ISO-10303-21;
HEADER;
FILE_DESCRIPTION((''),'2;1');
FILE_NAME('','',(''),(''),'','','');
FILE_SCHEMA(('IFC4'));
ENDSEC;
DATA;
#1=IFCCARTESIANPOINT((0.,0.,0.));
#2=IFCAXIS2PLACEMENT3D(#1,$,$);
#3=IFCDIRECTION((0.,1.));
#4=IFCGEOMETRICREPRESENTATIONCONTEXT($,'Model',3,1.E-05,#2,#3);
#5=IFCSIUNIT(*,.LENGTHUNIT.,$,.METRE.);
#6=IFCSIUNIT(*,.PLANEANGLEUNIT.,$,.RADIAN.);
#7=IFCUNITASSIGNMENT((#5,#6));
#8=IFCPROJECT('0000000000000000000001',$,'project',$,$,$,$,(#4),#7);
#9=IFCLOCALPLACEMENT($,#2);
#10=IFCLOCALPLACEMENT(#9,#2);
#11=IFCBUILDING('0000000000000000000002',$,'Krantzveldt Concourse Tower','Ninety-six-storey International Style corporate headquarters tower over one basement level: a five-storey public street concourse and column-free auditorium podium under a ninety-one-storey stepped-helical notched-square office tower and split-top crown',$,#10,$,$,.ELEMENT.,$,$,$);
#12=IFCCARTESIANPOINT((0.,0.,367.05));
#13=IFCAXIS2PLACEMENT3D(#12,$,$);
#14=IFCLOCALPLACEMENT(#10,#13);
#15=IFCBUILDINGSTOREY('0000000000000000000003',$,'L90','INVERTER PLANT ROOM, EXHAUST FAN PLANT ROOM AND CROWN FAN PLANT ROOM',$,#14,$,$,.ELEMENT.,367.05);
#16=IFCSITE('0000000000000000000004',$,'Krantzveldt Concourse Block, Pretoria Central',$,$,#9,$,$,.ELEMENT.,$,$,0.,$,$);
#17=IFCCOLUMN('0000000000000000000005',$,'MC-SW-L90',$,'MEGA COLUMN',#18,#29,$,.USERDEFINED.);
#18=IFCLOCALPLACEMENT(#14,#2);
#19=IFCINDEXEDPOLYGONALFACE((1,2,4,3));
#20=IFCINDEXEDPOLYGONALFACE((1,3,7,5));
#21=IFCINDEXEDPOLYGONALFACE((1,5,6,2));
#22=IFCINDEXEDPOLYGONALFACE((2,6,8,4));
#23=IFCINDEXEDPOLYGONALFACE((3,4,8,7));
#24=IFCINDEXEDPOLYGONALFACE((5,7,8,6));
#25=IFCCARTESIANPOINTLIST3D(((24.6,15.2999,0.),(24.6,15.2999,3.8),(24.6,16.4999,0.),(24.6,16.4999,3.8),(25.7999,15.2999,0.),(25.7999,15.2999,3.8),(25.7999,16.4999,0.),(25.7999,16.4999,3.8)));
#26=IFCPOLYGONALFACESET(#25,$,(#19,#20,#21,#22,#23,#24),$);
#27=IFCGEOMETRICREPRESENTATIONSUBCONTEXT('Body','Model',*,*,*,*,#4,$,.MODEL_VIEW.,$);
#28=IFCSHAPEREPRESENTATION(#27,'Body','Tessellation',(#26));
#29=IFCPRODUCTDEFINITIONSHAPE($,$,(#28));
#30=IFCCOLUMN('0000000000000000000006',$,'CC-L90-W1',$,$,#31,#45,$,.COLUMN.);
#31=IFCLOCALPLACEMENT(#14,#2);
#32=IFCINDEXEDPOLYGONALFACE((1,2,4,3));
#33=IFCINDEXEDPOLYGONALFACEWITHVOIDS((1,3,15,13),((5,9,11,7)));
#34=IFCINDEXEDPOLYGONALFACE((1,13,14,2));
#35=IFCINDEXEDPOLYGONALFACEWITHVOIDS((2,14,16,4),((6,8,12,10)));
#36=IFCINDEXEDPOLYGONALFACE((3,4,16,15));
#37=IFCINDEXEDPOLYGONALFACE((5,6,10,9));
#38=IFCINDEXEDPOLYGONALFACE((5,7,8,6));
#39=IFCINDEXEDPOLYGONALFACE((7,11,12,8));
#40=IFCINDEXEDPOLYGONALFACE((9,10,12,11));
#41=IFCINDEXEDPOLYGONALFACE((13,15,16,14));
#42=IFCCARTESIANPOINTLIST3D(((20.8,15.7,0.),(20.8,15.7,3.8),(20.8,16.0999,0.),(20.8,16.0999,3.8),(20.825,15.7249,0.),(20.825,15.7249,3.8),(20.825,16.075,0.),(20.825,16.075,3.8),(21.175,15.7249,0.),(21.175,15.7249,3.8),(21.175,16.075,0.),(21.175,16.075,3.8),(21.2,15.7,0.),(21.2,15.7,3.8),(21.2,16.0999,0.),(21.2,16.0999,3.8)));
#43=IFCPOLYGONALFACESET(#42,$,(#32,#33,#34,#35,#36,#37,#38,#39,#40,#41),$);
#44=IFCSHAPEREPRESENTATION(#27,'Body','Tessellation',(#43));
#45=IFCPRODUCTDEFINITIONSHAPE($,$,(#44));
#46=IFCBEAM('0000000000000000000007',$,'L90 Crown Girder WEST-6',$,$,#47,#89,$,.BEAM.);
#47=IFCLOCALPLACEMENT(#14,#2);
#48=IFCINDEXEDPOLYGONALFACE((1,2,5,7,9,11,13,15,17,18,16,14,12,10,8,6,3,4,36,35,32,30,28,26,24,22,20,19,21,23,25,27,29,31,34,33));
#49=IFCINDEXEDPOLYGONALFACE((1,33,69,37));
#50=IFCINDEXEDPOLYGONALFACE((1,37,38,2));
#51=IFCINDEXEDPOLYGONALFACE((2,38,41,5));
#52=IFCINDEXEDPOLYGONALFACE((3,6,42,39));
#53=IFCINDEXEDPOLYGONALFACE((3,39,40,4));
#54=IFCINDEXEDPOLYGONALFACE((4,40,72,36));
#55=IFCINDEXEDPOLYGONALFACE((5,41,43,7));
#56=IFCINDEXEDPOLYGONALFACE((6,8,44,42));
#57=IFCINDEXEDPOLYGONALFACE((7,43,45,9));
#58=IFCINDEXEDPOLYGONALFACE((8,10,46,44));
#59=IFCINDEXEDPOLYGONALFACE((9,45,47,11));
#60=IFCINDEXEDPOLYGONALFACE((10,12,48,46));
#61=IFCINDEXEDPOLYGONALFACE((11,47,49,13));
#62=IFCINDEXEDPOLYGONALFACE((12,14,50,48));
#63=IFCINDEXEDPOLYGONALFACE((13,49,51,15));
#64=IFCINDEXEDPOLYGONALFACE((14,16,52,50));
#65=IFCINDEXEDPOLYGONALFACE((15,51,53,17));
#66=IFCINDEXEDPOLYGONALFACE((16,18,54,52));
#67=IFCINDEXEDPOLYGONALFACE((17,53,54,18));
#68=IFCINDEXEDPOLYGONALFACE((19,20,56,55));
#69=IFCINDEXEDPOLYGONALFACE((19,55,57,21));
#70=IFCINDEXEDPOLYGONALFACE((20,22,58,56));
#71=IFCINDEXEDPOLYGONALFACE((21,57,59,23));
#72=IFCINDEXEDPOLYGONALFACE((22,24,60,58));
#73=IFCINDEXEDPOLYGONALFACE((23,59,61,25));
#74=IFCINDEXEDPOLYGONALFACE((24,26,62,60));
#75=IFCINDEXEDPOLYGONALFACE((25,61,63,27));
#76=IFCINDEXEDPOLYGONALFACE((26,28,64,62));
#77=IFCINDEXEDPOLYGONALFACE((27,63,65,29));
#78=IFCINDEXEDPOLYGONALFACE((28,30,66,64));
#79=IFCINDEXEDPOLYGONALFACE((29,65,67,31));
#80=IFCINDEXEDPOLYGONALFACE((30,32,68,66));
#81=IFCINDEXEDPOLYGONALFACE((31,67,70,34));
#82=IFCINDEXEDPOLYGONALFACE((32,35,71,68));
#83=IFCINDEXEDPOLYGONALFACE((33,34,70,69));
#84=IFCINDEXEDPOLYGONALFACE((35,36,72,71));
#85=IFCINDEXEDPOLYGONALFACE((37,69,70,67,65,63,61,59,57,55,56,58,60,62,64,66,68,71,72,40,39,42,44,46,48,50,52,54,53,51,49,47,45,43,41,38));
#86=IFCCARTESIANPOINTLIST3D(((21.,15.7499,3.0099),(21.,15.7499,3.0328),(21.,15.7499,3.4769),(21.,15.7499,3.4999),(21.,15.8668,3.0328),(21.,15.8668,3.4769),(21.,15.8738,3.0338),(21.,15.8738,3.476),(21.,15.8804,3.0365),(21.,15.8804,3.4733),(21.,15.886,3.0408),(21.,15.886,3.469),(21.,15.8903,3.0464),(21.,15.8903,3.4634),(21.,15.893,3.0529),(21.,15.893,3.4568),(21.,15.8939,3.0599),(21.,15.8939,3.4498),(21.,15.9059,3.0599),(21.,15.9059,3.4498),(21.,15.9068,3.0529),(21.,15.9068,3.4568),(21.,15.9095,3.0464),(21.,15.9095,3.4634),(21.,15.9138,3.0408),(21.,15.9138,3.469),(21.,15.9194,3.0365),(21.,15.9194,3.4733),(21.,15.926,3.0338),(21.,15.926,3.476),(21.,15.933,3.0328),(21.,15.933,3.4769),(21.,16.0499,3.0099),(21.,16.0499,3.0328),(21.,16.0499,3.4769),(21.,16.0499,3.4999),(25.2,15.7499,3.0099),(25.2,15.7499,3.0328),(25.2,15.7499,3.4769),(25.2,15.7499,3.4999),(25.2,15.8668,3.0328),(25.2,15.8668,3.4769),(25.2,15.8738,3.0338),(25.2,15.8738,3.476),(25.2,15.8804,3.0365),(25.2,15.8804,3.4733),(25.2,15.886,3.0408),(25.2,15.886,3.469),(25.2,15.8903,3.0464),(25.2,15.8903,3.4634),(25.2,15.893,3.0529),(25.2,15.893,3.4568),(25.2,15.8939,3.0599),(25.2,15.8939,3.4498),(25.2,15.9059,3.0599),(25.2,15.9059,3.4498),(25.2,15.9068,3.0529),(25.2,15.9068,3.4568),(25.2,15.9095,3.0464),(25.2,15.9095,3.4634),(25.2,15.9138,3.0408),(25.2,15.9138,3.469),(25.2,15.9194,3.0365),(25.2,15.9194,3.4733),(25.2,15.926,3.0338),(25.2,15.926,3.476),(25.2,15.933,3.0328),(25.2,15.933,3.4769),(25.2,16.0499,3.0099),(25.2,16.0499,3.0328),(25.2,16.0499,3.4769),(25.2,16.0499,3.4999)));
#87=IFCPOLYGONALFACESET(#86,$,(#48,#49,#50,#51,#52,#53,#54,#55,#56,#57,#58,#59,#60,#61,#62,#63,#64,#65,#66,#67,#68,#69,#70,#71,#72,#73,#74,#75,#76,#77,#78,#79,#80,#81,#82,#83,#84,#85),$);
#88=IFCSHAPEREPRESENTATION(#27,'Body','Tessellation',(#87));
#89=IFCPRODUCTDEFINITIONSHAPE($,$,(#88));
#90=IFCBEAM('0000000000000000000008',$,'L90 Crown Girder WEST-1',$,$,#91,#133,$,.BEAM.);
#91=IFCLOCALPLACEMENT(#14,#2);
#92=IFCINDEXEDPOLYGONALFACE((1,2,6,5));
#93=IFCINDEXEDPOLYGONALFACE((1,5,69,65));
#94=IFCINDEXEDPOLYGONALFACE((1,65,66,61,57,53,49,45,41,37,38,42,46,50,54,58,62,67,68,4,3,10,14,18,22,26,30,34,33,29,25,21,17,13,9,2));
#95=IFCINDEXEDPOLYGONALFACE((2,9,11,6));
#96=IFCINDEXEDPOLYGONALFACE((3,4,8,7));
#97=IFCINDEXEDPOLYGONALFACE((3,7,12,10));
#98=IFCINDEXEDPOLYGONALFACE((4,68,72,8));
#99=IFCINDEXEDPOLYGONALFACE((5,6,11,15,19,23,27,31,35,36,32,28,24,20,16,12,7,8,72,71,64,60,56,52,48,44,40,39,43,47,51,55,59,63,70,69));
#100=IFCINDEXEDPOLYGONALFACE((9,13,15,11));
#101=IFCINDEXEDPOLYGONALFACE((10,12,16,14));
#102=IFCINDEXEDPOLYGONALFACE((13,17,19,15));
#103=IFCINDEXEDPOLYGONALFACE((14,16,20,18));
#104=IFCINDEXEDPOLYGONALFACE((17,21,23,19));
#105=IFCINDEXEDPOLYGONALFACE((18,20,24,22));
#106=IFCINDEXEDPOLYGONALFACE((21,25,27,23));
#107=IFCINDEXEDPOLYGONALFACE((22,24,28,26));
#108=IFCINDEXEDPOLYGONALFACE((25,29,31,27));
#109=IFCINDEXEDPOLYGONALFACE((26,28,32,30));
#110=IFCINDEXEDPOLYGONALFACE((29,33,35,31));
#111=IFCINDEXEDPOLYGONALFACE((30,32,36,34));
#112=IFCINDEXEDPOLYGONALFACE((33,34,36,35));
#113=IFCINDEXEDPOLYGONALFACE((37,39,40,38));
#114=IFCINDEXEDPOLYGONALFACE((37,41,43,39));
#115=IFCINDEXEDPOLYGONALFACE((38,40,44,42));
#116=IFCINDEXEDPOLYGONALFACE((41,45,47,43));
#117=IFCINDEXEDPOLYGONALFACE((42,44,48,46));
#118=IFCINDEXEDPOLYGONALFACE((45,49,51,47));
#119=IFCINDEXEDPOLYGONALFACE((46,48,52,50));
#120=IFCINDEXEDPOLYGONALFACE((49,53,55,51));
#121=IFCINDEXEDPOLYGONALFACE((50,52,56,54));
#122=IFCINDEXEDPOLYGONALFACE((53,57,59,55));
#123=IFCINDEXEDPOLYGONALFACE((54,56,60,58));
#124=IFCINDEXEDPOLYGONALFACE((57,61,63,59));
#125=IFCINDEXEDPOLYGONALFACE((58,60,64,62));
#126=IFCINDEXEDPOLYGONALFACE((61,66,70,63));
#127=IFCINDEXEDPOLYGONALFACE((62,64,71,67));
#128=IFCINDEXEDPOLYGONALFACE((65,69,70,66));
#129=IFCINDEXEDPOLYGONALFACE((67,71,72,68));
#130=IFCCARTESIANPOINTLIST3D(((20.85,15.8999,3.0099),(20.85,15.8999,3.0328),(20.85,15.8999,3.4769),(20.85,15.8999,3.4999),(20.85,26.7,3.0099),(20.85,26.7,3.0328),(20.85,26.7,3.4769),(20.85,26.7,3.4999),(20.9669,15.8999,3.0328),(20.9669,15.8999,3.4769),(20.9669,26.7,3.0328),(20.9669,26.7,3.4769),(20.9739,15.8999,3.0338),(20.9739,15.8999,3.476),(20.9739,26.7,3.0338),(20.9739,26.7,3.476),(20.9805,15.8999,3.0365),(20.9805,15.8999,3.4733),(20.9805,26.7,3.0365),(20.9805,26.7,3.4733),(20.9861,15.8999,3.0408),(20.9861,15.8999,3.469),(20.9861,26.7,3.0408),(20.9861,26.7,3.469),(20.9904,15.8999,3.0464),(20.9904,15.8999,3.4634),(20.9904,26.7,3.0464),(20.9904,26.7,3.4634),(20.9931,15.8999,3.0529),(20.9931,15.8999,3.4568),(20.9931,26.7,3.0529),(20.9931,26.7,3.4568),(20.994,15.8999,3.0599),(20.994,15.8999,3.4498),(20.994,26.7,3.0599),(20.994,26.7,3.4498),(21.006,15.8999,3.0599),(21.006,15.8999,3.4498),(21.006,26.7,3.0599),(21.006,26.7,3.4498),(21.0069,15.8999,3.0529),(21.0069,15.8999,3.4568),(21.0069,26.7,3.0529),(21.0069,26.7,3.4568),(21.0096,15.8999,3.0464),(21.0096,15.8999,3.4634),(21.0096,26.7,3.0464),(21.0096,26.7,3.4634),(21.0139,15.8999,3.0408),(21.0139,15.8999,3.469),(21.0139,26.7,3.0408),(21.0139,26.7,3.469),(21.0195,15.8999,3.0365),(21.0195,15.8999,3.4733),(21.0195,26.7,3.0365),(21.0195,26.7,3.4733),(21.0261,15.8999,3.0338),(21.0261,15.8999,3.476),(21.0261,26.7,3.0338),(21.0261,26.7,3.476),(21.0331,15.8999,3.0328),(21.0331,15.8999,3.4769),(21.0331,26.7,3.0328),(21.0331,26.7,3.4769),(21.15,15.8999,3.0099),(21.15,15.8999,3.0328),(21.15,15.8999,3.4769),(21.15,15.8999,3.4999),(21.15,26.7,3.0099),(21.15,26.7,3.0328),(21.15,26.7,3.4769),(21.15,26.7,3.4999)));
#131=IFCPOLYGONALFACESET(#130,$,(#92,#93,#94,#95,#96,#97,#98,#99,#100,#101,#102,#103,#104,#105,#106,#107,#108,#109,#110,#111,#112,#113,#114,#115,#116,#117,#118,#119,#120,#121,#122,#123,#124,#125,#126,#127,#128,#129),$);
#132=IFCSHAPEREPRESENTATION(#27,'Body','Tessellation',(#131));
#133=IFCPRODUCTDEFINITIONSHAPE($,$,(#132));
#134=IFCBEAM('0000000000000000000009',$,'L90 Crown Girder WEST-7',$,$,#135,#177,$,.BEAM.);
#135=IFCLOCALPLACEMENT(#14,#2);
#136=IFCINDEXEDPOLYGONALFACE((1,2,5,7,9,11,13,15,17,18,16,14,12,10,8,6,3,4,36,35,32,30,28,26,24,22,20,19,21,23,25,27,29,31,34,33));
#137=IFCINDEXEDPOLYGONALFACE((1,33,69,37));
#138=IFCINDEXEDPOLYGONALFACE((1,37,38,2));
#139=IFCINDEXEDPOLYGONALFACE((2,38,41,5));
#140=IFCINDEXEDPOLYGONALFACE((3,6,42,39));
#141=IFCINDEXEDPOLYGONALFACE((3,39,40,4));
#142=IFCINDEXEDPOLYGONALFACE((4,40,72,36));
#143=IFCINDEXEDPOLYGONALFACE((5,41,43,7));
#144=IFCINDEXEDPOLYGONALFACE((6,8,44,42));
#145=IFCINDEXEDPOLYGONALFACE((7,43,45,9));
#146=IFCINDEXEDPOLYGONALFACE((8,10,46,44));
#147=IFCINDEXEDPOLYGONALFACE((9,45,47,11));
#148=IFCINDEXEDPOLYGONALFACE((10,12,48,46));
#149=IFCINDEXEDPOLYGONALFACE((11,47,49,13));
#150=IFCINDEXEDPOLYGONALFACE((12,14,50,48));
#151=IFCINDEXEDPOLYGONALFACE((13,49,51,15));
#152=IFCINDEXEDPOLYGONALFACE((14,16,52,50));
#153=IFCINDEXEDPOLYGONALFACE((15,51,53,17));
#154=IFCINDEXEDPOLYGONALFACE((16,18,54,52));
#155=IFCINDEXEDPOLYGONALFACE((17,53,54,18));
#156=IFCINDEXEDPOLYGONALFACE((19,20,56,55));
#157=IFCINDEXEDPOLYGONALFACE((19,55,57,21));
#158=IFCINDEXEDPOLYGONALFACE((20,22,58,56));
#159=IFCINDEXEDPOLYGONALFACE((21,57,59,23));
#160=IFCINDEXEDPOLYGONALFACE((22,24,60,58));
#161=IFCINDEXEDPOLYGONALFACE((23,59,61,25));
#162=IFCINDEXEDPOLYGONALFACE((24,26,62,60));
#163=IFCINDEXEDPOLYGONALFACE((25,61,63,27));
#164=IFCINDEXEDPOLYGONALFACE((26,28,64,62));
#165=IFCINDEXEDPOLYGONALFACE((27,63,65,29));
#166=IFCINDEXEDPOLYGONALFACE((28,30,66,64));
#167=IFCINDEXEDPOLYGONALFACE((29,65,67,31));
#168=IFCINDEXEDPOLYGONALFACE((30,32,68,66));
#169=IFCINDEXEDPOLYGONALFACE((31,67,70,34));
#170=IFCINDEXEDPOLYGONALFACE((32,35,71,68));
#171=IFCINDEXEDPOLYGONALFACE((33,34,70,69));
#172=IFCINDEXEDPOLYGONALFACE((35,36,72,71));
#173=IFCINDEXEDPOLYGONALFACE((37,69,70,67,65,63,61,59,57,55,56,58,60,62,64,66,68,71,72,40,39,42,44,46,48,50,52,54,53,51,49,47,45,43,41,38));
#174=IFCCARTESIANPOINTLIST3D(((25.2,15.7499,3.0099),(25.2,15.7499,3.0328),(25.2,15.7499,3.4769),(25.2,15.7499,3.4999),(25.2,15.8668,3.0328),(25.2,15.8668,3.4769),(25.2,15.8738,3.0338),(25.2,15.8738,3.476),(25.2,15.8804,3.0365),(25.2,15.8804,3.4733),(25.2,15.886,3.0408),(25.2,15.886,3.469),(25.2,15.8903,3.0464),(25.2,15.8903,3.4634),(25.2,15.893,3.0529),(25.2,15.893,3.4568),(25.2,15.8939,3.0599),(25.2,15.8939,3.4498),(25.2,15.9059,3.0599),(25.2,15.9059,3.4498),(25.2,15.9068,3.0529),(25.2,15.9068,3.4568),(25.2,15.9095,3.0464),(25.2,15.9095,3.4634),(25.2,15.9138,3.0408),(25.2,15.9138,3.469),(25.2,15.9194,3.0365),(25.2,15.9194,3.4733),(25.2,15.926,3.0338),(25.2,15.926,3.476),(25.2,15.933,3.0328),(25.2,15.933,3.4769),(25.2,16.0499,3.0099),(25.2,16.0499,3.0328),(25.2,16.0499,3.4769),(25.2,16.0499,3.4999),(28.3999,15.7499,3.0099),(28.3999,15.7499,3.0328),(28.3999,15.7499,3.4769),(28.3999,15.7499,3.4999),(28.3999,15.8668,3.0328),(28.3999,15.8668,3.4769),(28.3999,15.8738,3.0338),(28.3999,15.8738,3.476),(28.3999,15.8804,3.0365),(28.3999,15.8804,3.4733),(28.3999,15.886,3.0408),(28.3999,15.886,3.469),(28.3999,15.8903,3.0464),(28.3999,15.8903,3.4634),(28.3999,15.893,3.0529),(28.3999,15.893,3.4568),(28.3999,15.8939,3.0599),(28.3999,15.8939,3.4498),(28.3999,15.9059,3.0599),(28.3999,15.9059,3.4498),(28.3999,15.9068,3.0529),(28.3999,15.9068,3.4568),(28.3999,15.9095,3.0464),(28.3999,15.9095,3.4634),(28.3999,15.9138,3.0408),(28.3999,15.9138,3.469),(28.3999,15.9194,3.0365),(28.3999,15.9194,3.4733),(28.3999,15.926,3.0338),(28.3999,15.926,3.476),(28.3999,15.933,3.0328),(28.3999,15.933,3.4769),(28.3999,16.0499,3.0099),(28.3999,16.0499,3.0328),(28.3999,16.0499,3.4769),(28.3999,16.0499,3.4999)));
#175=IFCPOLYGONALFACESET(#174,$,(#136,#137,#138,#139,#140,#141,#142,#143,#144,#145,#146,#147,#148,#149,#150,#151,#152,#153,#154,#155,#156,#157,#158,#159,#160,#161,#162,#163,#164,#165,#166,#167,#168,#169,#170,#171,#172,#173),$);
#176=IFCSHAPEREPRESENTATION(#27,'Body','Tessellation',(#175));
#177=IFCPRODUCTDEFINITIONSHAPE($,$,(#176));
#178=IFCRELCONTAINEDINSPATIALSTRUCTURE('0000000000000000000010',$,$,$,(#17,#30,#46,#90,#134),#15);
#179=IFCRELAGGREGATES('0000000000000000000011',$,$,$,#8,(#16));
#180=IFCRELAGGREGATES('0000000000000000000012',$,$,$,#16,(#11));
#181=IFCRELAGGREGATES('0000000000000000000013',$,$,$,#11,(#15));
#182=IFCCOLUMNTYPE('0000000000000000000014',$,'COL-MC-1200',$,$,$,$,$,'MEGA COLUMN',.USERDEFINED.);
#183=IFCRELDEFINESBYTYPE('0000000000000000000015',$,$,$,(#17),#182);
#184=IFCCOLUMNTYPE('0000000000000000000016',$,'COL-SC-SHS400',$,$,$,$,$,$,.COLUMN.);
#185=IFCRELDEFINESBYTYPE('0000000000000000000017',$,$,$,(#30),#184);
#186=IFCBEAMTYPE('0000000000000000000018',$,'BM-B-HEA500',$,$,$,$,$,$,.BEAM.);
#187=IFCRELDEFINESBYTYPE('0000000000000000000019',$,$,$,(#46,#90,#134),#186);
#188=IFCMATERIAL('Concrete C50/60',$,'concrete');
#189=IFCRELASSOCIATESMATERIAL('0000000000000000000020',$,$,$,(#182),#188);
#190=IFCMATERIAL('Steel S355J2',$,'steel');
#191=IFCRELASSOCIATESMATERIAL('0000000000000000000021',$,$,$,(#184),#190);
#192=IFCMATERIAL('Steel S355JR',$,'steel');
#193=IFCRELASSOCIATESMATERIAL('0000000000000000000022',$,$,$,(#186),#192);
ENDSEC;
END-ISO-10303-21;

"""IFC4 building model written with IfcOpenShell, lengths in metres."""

from ifc_helpers import new_model, si_unit, direction, frame, origin, origin_2d, place, context, subcontext, project, spatial, rectangle, hollow_rectangle, i_section, extrude, source, transform, mapped, material, material_profile, profile_set, type_object, type_shapes, element, save


model = new_model("IFC4")

# Units and contexts
model_context = context("Model", 3, precision=1e-05, world=origin(), true_north=direction((0.0, 1.0)))
body_context = subcontext(model_context, "Body", "Model", "MODEL_VIEW")
ifc_project = project(units=[si_unit("LENGTHUNIT", "METRE"), si_unit("PLANEANGLEUNIT", "RADIAN")], contexts=[model_context])

# Site, building, storey
site_placement = place(None, origin())
site = spatial("IfcSite", under=ifc_project, at=site_placement, Name="Krantzveldt Concourse Block, Pretoria Central", CompositionType="ELEMENT", RefElevation=0.0)
building_placement = place(site_placement, origin())
building = spatial("IfcBuilding", under=site, at=building_placement, Name="Krantzveldt Concourse Tower", Description="Ninety-six-storey International Style corporate headquarters tower over one basement level: a five-storey public street concourse and column-free auditorium podium under a ninety-one-storey stepped-helical notched-square office tower and split-top crown", CompositionType="ELEMENT")
storey_placement = place(building_placement, frame((0.0, 0.0, 367.05)))
storey = spatial("IfcBuildingStorey", under=building, at=storey_placement, Name="L90", Description="INVERTER PLANT ROOM, EXHAUST FAN PLANT ROOM AND CROWN FAN PLANT ROOM", CompositionType="ELEMENT", Elevation=367.05)

# Columns
ifc_material_1 = material(Name="Concrete C50/60", Category="concrete")
ifc_material_profile_1 = material_profile(ifc_material_1, rectangle(XDim=1.2, YDim=1.2, at=origin_2d()), Name="Concrete C50/60", Category="concrete")
ifc_profile_set_1 = profile_set([ifc_material_profile_1], Name="Concrete C50/60 - RC 1200x1200")
column_type_1 = type_object("IfcColumnType", Name="COL-MC-1200", ElementType="MEGA COLUMN", PredefinedType="USERDEFINED", material=ifc_profile_set_1)
shared_shape_1 = source(origin(), body_context, "Body", "SweptSolid", [
    extrude(rectangle(XDim=1.2, YDim=1.2, at=origin_2d()), origin(), (0.0, 0.0, 1.0), 3.8),
])
type_shapes(column_type_1, [shared_shape_1])
column_1_placement = place(storey_placement, frame((25.2, 15.8999, 0.0), z_axis=(0.0, 0.0, 1.0), x_axis=(1.0, 0.0, 0.0)))
element("IfcColumn", 1, at=column_1_placement, inside=storey, type_object=column_type_1, Name="MC-SW-L90", ObjectType="MEGA COLUMN", PredefinedType="USERDEFINED", context=body_context, shape_type="MappedRepresentation", body=[
    mapped(shared_shape_1, transform((0.0, 0.0, 0.0), x_axis=(1.0, 0.0, 0.0), y_axis=(0.0, 1.0, 0.0), z_axis=(0.0, 0.0, 1.0), scale=1.0)),
])
ifc_material_2 = material(Name="Steel S355J2", Category="steel")
ifc_material_profile_2 = material_profile(ifc_material_2, hollow_rectangle(XDim=0.3999, YDim=0.3999, WallThickness=0.0249, at=origin_2d()), Name="Steel S355J2", Category="steel")
ifc_profile_set_2 = profile_set([ifc_material_profile_2], Name="Steel S355J2 - SHS 400x400x25")
column_type_2 = type_object("IfcColumnType", Name="COL-SC-SHS400", PredefinedType="COLUMN", material=ifc_profile_set_2)
shared_shape_2 = source(origin(), body_context, "Body", "SweptSolid", [
    extrude(hollow_rectangle(XDim=0.3999, YDim=0.3999, WallThickness=0.0249, at=origin_2d()), origin(), (0.0, 0.0, 1.0), 3.8),
])
type_shapes(column_type_2, [shared_shape_2])
column_2_placement = place(storey_placement, frame((21.0, 15.8999, 0.0), z_axis=(0.0, 0.0, 1.0), x_axis=(1.0, 0.0, 0.0)))
element("IfcColumn", 2, at=column_2_placement, inside=storey, type_object=column_type_2, Name="CC-L90-W1", PredefinedType="COLUMN", context=body_context, shape_type="MappedRepresentation", body=[
    mapped(shared_shape_2, transform((0.0, 0.0, 0.0), x_axis=(1.0, 0.0, 0.0), y_axis=(0.0, 1.0, 0.0), z_axis=(0.0, 0.0, 1.0), scale=1.0)),
])

# Beams
ifc_material_3 = material(Name="Steel S355JR", Category="steel")
ifc_material_profile_3 = material_profile(ifc_material_3, i_section(OverallWidth=0.3, OverallDepth=0.49, WebThickness=0.012, FlangeThickness=0.0229, FilletRadius=0.0271, at=origin_2d()), Name="Steel S355JR", Category="steel")
ifc_profile_set_3 = profile_set([ifc_material_profile_3], Name="Steel S355JR - HEA 500")
beam_type = type_object("IfcBeamType", Name="BM-B-HEA500", PredefinedType="BEAM", material=ifc_profile_set_3)
shared_shape_3 = source(origin(), body_context, "Body", "SweptSolid", [
    extrude(i_section(OverallWidth=0.3, OverallDepth=0.49, WebThickness=0.012, FlangeThickness=0.0229, FilletRadius=0.0271, at=origin_2d()), origin(), (0.0, 0.0, 1.0), 4.2),
])
beam_1_placement = place(storey_placement, frame((21.0, 15.8999, 3.2549), z_axis=(1.0, 0.0, 0.0), x_axis=(0.0, 1.0, 0.0)))
element("IfcBeam", 3, at=beam_1_placement, inside=storey, type_object=beam_type, Name="L90 Crown Girder WEST-6", PredefinedType="BEAM", context=body_context, shape_type="MappedRepresentation", body=[
    mapped(shared_shape_3, transform((0.0, 0.0, 0.0), x_axis=(1.0, 0.0, 0.0), y_axis=(0.0, 1.0, 0.0), z_axis=(0.0, 0.0, 1.0), scale=1.0)),
])
shared_shape_4 = source(origin(), body_context, "Body", "SweptSolid", [
    extrude(i_section(OverallWidth=0.3, OverallDepth=0.49, WebThickness=0.012, FlangeThickness=0.0229, FilletRadius=0.0271, at=origin_2d()), origin(), (0.0, 0.0, 1.0), 10.8),
])
beam_2_placement = place(storey_placement, frame((21.0, 15.8999, 3.2549), z_axis=(0.0, 1.0, 0.0), x_axis=(-1.0, 0.0, 0.0)))
element("IfcBeam", 4, at=beam_2_placement, inside=storey, type_object=beam_type, Name="L90 Crown Girder WEST-1", PredefinedType="BEAM", context=body_context, shape_type="MappedRepresentation", body=[
    mapped(shared_shape_4, transform((0.0, 0.0, 0.0), x_axis=(1.0, 0.0, 0.0), y_axis=(0.0, 1.0, 0.0), z_axis=(0.0, 0.0, 1.0), scale=1.0)),
])
shared_shape_5 = source(origin(), body_context, "Body", "SweptSolid", [
    extrude(i_section(OverallWidth=0.3, OverallDepth=0.49, WebThickness=0.012, FlangeThickness=0.0229, FilletRadius=0.0271, at=origin_2d()), origin(), (0.0, 0.0, 1.0), 3.2),
])
beam_3_placement = place(storey_placement, frame((25.2, 15.8999, 3.2549), z_axis=(1.0, 0.0, 0.0), x_axis=(0.0, 1.0, 0.0)))
element("IfcBeam", 5, at=beam_3_placement, inside=storey, type_object=beam_type, Name="L90 Crown Girder WEST-7", PredefinedType="BEAM", context=body_context, shape_type="MappedRepresentation", body=[
    mapped(shared_shape_5, transform((0.0, 0.0, 0.0), x_axis=(1.0, 0.0, 0.0), y_axis=(0.0, 1.0, 0.0), z_axis=(0.0, 0.0, 1.0), scale=1.0)),
])

save(model, "model.ifc")
